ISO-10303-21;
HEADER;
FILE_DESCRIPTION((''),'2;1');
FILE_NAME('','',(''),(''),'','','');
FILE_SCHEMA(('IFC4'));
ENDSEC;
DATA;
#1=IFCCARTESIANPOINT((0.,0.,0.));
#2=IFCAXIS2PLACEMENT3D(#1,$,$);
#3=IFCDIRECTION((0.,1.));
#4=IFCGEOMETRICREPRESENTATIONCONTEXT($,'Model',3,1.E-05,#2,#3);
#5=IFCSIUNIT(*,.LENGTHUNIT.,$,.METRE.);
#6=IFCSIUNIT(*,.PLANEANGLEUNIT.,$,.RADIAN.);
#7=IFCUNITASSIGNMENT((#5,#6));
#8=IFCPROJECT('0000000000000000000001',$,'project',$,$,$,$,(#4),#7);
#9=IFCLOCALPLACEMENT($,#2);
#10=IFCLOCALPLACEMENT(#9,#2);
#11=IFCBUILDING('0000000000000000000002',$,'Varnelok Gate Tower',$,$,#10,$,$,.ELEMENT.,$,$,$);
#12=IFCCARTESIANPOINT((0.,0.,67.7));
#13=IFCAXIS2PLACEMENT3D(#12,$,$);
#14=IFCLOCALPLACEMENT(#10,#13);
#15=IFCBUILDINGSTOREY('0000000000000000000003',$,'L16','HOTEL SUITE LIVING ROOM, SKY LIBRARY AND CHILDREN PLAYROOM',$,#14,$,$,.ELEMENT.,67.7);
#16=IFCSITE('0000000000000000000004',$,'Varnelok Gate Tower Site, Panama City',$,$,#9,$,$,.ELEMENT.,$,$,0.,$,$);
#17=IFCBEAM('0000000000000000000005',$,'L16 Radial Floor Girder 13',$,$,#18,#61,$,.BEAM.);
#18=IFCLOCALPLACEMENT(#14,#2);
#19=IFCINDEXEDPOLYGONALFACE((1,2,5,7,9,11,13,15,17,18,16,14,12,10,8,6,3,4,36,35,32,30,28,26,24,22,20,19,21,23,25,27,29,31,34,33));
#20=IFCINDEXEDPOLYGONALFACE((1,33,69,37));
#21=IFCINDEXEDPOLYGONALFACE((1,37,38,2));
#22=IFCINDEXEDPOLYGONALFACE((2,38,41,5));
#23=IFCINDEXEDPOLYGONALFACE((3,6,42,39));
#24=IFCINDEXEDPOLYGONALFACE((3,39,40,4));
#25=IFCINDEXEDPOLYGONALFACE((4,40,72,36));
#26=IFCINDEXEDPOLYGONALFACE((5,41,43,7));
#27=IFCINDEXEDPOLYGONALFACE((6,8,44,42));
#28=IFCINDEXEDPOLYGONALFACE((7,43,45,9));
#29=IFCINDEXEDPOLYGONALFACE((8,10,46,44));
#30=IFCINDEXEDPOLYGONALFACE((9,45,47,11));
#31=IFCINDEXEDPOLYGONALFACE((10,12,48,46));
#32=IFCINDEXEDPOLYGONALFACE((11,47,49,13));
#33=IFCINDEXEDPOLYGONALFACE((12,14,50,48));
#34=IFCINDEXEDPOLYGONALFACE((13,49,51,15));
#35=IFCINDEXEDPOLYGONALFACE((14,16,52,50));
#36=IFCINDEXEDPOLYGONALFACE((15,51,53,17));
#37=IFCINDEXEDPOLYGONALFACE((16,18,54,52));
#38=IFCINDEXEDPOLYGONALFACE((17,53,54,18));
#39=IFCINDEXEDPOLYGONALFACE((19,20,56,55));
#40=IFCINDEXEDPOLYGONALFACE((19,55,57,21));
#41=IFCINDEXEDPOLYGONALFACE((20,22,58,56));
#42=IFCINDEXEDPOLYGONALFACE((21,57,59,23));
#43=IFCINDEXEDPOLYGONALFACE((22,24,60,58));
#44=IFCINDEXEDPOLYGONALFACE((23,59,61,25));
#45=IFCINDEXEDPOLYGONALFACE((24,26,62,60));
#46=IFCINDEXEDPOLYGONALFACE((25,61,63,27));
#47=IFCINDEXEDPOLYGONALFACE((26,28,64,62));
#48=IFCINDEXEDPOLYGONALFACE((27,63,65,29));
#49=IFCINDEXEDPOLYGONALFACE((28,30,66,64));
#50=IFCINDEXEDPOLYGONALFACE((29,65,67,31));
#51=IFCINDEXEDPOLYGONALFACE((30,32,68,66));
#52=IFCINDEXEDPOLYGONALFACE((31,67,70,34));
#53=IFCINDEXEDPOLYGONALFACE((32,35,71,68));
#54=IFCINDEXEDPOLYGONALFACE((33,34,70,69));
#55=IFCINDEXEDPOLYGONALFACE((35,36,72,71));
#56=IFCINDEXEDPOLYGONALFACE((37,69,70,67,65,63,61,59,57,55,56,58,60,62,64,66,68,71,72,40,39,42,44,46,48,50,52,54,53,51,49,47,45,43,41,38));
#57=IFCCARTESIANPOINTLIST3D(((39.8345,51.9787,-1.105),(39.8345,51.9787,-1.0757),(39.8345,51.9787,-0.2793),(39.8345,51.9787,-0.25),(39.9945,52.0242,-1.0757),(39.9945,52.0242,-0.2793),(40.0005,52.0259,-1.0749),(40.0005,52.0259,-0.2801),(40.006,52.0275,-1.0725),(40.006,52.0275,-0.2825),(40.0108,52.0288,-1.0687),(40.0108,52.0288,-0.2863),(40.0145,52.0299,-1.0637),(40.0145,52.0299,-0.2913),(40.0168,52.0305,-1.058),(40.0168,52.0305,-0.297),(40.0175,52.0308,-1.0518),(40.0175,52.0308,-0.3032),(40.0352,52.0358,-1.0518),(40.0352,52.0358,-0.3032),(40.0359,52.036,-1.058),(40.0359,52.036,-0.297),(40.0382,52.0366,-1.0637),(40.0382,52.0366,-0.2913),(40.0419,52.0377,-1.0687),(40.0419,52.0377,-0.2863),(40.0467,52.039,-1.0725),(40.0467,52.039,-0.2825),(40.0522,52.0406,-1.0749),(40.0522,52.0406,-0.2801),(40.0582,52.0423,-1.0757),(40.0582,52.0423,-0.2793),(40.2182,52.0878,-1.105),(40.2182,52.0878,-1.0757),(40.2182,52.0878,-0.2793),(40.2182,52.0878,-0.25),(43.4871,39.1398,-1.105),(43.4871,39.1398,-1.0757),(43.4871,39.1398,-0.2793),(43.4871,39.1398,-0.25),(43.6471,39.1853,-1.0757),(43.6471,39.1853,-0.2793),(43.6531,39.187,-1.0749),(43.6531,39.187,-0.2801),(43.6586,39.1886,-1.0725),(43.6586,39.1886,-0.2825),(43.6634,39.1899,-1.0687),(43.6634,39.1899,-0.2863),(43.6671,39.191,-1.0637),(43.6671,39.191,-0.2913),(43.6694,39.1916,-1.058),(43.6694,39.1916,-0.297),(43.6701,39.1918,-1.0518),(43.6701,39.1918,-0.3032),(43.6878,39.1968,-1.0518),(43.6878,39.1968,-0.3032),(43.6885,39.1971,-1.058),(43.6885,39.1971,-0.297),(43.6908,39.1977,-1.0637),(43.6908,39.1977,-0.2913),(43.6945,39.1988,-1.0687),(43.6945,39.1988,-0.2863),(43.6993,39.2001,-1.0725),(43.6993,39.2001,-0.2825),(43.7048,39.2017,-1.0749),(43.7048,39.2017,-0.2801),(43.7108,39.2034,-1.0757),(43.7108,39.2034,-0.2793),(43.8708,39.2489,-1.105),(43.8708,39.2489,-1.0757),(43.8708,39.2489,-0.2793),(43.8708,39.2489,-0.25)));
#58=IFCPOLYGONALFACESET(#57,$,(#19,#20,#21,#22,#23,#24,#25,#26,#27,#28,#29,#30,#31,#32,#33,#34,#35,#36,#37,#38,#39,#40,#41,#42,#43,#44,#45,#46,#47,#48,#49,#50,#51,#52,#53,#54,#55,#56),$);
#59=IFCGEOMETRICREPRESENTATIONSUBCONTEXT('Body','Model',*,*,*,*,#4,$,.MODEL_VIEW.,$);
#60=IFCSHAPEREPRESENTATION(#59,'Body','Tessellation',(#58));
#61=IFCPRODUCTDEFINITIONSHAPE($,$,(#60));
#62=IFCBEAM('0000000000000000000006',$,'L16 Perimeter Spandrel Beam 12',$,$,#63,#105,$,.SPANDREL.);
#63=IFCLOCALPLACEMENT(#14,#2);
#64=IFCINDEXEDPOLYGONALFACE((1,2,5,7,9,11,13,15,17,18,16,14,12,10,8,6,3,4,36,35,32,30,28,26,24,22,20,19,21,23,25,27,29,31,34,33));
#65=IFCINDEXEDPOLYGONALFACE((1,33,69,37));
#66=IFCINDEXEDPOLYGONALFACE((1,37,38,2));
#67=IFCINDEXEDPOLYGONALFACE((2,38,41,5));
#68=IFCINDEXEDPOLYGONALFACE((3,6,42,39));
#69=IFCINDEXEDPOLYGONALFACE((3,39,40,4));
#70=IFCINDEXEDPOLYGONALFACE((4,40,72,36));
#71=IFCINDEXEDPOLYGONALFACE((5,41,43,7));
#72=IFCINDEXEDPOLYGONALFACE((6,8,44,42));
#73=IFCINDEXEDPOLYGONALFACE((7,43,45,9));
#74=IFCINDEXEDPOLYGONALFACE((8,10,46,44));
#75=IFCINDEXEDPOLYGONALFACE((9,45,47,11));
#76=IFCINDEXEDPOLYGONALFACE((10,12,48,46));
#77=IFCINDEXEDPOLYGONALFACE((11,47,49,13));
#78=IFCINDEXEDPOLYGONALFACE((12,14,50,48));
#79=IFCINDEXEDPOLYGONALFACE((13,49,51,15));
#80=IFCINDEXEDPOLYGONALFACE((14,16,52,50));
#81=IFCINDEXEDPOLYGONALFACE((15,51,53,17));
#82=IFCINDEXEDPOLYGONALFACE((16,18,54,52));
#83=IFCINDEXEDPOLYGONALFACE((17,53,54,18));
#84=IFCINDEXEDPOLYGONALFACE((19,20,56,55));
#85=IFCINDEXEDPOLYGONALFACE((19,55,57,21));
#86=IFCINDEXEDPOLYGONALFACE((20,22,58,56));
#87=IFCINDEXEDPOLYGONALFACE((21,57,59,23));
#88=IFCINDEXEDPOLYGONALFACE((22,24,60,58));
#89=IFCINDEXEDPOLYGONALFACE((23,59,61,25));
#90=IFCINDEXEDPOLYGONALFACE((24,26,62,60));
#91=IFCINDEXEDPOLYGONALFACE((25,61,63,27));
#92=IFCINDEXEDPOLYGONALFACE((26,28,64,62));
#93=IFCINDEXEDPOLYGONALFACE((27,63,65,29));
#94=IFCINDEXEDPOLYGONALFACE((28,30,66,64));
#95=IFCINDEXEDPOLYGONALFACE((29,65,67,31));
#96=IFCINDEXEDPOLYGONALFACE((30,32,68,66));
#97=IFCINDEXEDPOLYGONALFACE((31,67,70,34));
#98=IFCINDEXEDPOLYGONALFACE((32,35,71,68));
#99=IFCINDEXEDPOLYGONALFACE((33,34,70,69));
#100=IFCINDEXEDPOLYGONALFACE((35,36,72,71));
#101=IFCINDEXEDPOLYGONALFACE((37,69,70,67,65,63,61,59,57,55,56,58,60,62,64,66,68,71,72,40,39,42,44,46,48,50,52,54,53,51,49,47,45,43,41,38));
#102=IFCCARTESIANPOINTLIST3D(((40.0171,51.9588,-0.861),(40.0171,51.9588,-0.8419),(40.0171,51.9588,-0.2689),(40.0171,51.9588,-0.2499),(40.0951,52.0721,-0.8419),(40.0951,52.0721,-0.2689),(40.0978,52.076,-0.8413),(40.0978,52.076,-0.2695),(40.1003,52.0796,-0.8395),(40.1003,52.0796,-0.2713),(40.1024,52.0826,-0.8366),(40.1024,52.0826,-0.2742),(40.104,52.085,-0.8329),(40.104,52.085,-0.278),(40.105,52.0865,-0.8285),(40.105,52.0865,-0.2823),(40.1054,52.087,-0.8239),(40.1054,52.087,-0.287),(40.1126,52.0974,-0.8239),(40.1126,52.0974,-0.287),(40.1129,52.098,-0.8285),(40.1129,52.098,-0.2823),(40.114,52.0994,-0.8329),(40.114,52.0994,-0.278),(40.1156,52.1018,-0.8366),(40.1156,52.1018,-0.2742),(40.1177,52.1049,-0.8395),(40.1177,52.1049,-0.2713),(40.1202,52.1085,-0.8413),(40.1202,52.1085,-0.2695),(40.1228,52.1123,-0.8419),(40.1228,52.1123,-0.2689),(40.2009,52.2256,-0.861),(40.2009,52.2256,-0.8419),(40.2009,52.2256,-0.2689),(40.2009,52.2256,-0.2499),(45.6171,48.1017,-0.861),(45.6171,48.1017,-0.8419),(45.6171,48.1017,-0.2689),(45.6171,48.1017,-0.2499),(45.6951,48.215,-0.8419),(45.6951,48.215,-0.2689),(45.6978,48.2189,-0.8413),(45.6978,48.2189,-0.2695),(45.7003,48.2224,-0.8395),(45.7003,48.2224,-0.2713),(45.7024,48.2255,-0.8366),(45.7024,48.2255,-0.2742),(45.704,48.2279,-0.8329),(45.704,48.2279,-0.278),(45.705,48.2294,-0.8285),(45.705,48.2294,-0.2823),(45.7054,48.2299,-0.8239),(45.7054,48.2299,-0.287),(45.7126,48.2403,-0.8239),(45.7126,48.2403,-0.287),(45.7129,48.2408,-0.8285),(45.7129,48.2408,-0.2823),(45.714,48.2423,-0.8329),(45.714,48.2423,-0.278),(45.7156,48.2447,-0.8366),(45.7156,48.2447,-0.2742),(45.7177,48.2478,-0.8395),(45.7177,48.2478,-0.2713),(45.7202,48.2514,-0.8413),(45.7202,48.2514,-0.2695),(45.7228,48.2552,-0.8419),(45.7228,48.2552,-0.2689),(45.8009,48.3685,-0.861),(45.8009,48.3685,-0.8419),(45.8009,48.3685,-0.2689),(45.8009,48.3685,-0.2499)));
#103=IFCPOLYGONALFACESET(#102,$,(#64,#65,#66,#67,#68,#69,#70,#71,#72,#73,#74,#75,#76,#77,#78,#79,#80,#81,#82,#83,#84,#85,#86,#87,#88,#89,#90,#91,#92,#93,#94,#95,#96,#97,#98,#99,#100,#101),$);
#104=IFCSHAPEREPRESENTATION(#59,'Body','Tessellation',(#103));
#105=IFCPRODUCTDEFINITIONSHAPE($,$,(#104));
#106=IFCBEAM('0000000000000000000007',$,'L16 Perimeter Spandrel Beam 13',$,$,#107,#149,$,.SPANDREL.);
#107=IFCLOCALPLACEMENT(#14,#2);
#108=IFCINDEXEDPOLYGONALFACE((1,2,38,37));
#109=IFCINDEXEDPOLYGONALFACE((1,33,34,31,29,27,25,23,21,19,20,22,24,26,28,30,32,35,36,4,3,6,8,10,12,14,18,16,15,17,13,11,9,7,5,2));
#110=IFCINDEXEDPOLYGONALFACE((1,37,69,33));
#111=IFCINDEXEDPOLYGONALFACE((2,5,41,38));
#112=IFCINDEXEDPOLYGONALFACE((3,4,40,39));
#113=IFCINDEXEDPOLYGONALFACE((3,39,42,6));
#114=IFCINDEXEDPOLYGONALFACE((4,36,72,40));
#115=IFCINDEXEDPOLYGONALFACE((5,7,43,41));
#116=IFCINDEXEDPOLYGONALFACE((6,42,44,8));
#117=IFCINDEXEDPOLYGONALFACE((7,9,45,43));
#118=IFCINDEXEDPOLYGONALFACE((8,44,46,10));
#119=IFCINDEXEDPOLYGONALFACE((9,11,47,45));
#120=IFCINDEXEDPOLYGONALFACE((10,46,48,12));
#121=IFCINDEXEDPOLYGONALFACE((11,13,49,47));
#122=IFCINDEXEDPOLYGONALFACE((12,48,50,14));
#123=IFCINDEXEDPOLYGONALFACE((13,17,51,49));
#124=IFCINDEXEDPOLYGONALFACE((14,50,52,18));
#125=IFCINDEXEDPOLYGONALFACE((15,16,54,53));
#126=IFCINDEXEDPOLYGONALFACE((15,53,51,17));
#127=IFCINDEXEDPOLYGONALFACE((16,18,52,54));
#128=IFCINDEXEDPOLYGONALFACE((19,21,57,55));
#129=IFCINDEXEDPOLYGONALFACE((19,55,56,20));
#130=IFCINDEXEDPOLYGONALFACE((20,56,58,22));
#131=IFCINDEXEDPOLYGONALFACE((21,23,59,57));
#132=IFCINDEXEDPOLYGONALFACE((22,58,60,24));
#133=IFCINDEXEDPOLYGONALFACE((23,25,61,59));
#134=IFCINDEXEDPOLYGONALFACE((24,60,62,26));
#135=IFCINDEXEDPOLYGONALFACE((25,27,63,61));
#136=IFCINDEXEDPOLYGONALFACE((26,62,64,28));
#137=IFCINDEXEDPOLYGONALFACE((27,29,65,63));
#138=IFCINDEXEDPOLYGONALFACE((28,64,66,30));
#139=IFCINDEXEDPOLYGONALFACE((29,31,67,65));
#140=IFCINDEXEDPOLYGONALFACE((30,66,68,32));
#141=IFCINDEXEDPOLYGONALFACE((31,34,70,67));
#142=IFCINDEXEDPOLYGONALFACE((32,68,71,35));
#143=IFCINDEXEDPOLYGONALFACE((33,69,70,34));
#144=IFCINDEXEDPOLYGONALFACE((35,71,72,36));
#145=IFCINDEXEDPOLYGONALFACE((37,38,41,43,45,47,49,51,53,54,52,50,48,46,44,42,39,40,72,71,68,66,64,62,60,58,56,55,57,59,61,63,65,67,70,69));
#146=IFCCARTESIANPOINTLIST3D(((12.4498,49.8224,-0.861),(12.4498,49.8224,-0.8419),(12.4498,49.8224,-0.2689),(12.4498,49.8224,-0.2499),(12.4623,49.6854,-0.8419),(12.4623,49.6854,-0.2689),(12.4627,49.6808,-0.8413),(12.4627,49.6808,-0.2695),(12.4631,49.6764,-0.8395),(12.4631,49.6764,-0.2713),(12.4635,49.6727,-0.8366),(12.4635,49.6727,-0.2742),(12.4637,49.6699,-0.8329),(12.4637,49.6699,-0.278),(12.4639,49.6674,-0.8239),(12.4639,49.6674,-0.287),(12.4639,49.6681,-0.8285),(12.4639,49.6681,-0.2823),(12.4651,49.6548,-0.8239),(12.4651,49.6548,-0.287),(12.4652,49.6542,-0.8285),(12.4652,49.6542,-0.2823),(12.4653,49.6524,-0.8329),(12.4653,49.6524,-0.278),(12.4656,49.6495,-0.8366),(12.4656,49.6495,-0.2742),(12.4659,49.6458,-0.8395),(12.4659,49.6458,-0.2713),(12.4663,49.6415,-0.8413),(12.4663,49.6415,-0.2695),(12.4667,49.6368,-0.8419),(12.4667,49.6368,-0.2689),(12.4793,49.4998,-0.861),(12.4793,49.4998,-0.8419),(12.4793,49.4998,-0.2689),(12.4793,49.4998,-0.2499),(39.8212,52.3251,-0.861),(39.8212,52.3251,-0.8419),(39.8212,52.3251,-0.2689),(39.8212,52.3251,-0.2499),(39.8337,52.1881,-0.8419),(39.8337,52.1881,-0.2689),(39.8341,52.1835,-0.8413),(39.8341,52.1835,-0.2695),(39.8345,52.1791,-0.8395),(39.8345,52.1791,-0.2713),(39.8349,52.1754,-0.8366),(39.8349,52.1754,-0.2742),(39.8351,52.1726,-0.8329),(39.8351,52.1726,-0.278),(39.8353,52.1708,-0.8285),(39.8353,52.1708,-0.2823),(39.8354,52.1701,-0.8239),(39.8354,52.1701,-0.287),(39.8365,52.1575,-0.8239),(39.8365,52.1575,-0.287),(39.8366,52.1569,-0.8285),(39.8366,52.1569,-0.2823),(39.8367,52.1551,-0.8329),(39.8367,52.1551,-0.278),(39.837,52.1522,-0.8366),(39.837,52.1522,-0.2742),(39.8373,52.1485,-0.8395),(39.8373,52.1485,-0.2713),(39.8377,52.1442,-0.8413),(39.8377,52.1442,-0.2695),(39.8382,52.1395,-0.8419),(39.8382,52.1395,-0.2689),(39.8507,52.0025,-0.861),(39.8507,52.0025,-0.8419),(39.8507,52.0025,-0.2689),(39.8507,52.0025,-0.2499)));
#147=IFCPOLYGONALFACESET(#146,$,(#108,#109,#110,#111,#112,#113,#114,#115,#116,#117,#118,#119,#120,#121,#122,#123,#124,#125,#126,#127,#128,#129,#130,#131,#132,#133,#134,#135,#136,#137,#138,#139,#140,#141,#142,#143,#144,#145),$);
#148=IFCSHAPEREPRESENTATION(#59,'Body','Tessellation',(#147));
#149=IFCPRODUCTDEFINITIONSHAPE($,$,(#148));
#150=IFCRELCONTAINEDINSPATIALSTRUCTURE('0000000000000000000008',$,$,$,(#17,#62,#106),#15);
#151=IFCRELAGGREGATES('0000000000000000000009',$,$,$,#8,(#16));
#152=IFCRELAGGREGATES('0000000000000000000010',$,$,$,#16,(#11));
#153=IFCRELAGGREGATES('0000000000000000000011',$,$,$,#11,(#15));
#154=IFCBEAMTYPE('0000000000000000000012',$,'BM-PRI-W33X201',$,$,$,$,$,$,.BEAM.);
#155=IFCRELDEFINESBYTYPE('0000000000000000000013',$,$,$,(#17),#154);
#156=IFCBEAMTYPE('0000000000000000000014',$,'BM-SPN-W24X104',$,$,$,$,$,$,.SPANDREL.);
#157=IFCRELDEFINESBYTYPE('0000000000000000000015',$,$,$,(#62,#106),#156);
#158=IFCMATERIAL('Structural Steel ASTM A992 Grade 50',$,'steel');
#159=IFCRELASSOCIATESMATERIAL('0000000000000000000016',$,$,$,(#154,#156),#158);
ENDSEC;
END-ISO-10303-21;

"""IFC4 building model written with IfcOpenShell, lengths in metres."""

from ifc_helpers import new_model, si_unit, direction, frame, origin, origin_2d, place, context, subcontext, project, spatial, i_section, extrude, material, material_profile, profile_set, type_object, element, save


model = new_model("IFC4")

# Units and contexts
model_context = context("Model", 3, precision=1e-05, world=origin(), true_north=direction((0.0, 1.0)))
body_context = subcontext(model_context, "Body", "Model", "MODEL_VIEW")
ifc_project = project(units=[si_unit("LENGTHUNIT", "METRE"), si_unit("PLANEANGLEUNIT", "RADIAN")], contexts=[model_context])

# Site, building, storey
site_placement = place(None, origin())
site = spatial("IfcSite", under=ifc_project, at=site_placement, Name="Varnelok Gate Tower Site, Panama City", CompositionType="ELEMENT", RefElevation=0.0)
building_placement = place(site_placement, origin())
building = spatial("IfcBuilding", under=site, at=building_placement, Name="Varnelok Gate Tower", CompositionType="ELEMENT")
storey_placement = place(building_placement, frame((0.0, 0.0, 67.7)))
storey = spatial("IfcBuildingStorey", under=building, at=storey_placement, Name="L16", Description="HOTEL SUITE LIVING ROOM, SKY LIBRARY AND CHILDREN PLAYROOM", CompositionType="ELEMENT", Elevation=67.7)

# Shared definitions
ifc_material_1 = material(Name="Structural Steel ASTM A992 Grade 50", Category="steel")

# Beams
ifc_material_profile_1 = material_profile(ifc_material_1, i_section(OverallWidth=0.3989, OverallDepth=0.855, WebThickness=0.0183, FlangeThickness=0.0293, FilletRadius=0.0239, at=origin_2d()), Name="W33X201")
ifc_profile_set_1 = profile_set([ifc_material_profile_1], Name="Structural Steel ASTM A992 Grade 50")
beam_type_1 = type_object("IfcBeamType", Name="BM-PRI-W33X201", PredefinedType="BEAM", material=ifc_profile_set_1)
beam_1_placement = place(storey_placement, frame((43.679, 39.1943, -0.6775), z_axis=(-0.273636, 0.961833, 0.0), x_axis=(-0.961833, -0.273636, 0.0)))
element("IfcBeam", 1, at=beam_1_placement, inside=storey, type_object=beam_type_1, Name="L16 Radial Floor Girder 13", PredefinedType="BEAM", context=body_context, shape_type="SweptSolid", body=[
    extrude(i_section(OverallWidth=0.3989, OverallDepth=0.855, WebThickness=0.0183, FlangeThickness=0.0293, FilletRadius=0.0239, at=origin_2d()), origin(), (0.0, 0.0, 1.0), 13.3484),
])
ifc_material_profile_2 = material_profile(ifc_material_1, i_section(OverallWidth=0.324, OverallDepth=0.6111, WebThickness=0.0127, FlangeThickness=0.019, FilletRadius=0.0181, at=origin_2d()), Name="W24X104")
ifc_profile_set_2 = profile_set([ifc_material_profile_2], Name="Structural Steel ASTM A992 Grade 50")
beam_type_2 = type_object("IfcBeamType", Name="BM-SPN-W24X104", PredefinedType="SPANDREL", material=ifc_profile_set_2)
beam_2_placement = place(storey_placement, frame((45.709, 48.2351, -0.5554), z_axis=(-0.823553, 0.567239, 0.0), x_axis=(-0.567239, -0.823553, 0.0)))
element("IfcBeam", 2, at=beam_2_placement, inside=storey, type_object=beam_type_2, Name="L16 Perimeter Spandrel Beam 12", PredefinedType="SPANDREL", context=body_context, shape_type="SweptSolid", body=[
    extrude(i_section(OverallWidth=0.324, OverallDepth=0.6111, WebThickness=0.0127, FlangeThickness=0.019, FilletRadius=0.0181, at=origin_2d()), origin(), (0.0, 0.0, 1.0), 6.7998),
])
beam_3_placement = place(storey_placement, frame((39.8359, 52.1638, -0.5554), z_axis=(-0.995846, -0.091055, 0.0), x_axis=(0.091055, -0.995846, 0.0)))
element("IfcBeam", 3, at=beam_3_placement, inside=storey, type_object=beam_type_2, Name="L16 Perimeter Spandrel Beam 13", PredefinedType="SPANDREL", context=body_context, shape_type="SweptSolid", body=[
    extrude(i_section(OverallWidth=0.324, OverallDepth=0.6111, WebThickness=0.0127, FlangeThickness=0.019, FilletRadius=0.0181, at=origin_2d()), origin(), (0.0, 0.0, 1.0), 27.4856),
])

save(model, "model.ifc")
